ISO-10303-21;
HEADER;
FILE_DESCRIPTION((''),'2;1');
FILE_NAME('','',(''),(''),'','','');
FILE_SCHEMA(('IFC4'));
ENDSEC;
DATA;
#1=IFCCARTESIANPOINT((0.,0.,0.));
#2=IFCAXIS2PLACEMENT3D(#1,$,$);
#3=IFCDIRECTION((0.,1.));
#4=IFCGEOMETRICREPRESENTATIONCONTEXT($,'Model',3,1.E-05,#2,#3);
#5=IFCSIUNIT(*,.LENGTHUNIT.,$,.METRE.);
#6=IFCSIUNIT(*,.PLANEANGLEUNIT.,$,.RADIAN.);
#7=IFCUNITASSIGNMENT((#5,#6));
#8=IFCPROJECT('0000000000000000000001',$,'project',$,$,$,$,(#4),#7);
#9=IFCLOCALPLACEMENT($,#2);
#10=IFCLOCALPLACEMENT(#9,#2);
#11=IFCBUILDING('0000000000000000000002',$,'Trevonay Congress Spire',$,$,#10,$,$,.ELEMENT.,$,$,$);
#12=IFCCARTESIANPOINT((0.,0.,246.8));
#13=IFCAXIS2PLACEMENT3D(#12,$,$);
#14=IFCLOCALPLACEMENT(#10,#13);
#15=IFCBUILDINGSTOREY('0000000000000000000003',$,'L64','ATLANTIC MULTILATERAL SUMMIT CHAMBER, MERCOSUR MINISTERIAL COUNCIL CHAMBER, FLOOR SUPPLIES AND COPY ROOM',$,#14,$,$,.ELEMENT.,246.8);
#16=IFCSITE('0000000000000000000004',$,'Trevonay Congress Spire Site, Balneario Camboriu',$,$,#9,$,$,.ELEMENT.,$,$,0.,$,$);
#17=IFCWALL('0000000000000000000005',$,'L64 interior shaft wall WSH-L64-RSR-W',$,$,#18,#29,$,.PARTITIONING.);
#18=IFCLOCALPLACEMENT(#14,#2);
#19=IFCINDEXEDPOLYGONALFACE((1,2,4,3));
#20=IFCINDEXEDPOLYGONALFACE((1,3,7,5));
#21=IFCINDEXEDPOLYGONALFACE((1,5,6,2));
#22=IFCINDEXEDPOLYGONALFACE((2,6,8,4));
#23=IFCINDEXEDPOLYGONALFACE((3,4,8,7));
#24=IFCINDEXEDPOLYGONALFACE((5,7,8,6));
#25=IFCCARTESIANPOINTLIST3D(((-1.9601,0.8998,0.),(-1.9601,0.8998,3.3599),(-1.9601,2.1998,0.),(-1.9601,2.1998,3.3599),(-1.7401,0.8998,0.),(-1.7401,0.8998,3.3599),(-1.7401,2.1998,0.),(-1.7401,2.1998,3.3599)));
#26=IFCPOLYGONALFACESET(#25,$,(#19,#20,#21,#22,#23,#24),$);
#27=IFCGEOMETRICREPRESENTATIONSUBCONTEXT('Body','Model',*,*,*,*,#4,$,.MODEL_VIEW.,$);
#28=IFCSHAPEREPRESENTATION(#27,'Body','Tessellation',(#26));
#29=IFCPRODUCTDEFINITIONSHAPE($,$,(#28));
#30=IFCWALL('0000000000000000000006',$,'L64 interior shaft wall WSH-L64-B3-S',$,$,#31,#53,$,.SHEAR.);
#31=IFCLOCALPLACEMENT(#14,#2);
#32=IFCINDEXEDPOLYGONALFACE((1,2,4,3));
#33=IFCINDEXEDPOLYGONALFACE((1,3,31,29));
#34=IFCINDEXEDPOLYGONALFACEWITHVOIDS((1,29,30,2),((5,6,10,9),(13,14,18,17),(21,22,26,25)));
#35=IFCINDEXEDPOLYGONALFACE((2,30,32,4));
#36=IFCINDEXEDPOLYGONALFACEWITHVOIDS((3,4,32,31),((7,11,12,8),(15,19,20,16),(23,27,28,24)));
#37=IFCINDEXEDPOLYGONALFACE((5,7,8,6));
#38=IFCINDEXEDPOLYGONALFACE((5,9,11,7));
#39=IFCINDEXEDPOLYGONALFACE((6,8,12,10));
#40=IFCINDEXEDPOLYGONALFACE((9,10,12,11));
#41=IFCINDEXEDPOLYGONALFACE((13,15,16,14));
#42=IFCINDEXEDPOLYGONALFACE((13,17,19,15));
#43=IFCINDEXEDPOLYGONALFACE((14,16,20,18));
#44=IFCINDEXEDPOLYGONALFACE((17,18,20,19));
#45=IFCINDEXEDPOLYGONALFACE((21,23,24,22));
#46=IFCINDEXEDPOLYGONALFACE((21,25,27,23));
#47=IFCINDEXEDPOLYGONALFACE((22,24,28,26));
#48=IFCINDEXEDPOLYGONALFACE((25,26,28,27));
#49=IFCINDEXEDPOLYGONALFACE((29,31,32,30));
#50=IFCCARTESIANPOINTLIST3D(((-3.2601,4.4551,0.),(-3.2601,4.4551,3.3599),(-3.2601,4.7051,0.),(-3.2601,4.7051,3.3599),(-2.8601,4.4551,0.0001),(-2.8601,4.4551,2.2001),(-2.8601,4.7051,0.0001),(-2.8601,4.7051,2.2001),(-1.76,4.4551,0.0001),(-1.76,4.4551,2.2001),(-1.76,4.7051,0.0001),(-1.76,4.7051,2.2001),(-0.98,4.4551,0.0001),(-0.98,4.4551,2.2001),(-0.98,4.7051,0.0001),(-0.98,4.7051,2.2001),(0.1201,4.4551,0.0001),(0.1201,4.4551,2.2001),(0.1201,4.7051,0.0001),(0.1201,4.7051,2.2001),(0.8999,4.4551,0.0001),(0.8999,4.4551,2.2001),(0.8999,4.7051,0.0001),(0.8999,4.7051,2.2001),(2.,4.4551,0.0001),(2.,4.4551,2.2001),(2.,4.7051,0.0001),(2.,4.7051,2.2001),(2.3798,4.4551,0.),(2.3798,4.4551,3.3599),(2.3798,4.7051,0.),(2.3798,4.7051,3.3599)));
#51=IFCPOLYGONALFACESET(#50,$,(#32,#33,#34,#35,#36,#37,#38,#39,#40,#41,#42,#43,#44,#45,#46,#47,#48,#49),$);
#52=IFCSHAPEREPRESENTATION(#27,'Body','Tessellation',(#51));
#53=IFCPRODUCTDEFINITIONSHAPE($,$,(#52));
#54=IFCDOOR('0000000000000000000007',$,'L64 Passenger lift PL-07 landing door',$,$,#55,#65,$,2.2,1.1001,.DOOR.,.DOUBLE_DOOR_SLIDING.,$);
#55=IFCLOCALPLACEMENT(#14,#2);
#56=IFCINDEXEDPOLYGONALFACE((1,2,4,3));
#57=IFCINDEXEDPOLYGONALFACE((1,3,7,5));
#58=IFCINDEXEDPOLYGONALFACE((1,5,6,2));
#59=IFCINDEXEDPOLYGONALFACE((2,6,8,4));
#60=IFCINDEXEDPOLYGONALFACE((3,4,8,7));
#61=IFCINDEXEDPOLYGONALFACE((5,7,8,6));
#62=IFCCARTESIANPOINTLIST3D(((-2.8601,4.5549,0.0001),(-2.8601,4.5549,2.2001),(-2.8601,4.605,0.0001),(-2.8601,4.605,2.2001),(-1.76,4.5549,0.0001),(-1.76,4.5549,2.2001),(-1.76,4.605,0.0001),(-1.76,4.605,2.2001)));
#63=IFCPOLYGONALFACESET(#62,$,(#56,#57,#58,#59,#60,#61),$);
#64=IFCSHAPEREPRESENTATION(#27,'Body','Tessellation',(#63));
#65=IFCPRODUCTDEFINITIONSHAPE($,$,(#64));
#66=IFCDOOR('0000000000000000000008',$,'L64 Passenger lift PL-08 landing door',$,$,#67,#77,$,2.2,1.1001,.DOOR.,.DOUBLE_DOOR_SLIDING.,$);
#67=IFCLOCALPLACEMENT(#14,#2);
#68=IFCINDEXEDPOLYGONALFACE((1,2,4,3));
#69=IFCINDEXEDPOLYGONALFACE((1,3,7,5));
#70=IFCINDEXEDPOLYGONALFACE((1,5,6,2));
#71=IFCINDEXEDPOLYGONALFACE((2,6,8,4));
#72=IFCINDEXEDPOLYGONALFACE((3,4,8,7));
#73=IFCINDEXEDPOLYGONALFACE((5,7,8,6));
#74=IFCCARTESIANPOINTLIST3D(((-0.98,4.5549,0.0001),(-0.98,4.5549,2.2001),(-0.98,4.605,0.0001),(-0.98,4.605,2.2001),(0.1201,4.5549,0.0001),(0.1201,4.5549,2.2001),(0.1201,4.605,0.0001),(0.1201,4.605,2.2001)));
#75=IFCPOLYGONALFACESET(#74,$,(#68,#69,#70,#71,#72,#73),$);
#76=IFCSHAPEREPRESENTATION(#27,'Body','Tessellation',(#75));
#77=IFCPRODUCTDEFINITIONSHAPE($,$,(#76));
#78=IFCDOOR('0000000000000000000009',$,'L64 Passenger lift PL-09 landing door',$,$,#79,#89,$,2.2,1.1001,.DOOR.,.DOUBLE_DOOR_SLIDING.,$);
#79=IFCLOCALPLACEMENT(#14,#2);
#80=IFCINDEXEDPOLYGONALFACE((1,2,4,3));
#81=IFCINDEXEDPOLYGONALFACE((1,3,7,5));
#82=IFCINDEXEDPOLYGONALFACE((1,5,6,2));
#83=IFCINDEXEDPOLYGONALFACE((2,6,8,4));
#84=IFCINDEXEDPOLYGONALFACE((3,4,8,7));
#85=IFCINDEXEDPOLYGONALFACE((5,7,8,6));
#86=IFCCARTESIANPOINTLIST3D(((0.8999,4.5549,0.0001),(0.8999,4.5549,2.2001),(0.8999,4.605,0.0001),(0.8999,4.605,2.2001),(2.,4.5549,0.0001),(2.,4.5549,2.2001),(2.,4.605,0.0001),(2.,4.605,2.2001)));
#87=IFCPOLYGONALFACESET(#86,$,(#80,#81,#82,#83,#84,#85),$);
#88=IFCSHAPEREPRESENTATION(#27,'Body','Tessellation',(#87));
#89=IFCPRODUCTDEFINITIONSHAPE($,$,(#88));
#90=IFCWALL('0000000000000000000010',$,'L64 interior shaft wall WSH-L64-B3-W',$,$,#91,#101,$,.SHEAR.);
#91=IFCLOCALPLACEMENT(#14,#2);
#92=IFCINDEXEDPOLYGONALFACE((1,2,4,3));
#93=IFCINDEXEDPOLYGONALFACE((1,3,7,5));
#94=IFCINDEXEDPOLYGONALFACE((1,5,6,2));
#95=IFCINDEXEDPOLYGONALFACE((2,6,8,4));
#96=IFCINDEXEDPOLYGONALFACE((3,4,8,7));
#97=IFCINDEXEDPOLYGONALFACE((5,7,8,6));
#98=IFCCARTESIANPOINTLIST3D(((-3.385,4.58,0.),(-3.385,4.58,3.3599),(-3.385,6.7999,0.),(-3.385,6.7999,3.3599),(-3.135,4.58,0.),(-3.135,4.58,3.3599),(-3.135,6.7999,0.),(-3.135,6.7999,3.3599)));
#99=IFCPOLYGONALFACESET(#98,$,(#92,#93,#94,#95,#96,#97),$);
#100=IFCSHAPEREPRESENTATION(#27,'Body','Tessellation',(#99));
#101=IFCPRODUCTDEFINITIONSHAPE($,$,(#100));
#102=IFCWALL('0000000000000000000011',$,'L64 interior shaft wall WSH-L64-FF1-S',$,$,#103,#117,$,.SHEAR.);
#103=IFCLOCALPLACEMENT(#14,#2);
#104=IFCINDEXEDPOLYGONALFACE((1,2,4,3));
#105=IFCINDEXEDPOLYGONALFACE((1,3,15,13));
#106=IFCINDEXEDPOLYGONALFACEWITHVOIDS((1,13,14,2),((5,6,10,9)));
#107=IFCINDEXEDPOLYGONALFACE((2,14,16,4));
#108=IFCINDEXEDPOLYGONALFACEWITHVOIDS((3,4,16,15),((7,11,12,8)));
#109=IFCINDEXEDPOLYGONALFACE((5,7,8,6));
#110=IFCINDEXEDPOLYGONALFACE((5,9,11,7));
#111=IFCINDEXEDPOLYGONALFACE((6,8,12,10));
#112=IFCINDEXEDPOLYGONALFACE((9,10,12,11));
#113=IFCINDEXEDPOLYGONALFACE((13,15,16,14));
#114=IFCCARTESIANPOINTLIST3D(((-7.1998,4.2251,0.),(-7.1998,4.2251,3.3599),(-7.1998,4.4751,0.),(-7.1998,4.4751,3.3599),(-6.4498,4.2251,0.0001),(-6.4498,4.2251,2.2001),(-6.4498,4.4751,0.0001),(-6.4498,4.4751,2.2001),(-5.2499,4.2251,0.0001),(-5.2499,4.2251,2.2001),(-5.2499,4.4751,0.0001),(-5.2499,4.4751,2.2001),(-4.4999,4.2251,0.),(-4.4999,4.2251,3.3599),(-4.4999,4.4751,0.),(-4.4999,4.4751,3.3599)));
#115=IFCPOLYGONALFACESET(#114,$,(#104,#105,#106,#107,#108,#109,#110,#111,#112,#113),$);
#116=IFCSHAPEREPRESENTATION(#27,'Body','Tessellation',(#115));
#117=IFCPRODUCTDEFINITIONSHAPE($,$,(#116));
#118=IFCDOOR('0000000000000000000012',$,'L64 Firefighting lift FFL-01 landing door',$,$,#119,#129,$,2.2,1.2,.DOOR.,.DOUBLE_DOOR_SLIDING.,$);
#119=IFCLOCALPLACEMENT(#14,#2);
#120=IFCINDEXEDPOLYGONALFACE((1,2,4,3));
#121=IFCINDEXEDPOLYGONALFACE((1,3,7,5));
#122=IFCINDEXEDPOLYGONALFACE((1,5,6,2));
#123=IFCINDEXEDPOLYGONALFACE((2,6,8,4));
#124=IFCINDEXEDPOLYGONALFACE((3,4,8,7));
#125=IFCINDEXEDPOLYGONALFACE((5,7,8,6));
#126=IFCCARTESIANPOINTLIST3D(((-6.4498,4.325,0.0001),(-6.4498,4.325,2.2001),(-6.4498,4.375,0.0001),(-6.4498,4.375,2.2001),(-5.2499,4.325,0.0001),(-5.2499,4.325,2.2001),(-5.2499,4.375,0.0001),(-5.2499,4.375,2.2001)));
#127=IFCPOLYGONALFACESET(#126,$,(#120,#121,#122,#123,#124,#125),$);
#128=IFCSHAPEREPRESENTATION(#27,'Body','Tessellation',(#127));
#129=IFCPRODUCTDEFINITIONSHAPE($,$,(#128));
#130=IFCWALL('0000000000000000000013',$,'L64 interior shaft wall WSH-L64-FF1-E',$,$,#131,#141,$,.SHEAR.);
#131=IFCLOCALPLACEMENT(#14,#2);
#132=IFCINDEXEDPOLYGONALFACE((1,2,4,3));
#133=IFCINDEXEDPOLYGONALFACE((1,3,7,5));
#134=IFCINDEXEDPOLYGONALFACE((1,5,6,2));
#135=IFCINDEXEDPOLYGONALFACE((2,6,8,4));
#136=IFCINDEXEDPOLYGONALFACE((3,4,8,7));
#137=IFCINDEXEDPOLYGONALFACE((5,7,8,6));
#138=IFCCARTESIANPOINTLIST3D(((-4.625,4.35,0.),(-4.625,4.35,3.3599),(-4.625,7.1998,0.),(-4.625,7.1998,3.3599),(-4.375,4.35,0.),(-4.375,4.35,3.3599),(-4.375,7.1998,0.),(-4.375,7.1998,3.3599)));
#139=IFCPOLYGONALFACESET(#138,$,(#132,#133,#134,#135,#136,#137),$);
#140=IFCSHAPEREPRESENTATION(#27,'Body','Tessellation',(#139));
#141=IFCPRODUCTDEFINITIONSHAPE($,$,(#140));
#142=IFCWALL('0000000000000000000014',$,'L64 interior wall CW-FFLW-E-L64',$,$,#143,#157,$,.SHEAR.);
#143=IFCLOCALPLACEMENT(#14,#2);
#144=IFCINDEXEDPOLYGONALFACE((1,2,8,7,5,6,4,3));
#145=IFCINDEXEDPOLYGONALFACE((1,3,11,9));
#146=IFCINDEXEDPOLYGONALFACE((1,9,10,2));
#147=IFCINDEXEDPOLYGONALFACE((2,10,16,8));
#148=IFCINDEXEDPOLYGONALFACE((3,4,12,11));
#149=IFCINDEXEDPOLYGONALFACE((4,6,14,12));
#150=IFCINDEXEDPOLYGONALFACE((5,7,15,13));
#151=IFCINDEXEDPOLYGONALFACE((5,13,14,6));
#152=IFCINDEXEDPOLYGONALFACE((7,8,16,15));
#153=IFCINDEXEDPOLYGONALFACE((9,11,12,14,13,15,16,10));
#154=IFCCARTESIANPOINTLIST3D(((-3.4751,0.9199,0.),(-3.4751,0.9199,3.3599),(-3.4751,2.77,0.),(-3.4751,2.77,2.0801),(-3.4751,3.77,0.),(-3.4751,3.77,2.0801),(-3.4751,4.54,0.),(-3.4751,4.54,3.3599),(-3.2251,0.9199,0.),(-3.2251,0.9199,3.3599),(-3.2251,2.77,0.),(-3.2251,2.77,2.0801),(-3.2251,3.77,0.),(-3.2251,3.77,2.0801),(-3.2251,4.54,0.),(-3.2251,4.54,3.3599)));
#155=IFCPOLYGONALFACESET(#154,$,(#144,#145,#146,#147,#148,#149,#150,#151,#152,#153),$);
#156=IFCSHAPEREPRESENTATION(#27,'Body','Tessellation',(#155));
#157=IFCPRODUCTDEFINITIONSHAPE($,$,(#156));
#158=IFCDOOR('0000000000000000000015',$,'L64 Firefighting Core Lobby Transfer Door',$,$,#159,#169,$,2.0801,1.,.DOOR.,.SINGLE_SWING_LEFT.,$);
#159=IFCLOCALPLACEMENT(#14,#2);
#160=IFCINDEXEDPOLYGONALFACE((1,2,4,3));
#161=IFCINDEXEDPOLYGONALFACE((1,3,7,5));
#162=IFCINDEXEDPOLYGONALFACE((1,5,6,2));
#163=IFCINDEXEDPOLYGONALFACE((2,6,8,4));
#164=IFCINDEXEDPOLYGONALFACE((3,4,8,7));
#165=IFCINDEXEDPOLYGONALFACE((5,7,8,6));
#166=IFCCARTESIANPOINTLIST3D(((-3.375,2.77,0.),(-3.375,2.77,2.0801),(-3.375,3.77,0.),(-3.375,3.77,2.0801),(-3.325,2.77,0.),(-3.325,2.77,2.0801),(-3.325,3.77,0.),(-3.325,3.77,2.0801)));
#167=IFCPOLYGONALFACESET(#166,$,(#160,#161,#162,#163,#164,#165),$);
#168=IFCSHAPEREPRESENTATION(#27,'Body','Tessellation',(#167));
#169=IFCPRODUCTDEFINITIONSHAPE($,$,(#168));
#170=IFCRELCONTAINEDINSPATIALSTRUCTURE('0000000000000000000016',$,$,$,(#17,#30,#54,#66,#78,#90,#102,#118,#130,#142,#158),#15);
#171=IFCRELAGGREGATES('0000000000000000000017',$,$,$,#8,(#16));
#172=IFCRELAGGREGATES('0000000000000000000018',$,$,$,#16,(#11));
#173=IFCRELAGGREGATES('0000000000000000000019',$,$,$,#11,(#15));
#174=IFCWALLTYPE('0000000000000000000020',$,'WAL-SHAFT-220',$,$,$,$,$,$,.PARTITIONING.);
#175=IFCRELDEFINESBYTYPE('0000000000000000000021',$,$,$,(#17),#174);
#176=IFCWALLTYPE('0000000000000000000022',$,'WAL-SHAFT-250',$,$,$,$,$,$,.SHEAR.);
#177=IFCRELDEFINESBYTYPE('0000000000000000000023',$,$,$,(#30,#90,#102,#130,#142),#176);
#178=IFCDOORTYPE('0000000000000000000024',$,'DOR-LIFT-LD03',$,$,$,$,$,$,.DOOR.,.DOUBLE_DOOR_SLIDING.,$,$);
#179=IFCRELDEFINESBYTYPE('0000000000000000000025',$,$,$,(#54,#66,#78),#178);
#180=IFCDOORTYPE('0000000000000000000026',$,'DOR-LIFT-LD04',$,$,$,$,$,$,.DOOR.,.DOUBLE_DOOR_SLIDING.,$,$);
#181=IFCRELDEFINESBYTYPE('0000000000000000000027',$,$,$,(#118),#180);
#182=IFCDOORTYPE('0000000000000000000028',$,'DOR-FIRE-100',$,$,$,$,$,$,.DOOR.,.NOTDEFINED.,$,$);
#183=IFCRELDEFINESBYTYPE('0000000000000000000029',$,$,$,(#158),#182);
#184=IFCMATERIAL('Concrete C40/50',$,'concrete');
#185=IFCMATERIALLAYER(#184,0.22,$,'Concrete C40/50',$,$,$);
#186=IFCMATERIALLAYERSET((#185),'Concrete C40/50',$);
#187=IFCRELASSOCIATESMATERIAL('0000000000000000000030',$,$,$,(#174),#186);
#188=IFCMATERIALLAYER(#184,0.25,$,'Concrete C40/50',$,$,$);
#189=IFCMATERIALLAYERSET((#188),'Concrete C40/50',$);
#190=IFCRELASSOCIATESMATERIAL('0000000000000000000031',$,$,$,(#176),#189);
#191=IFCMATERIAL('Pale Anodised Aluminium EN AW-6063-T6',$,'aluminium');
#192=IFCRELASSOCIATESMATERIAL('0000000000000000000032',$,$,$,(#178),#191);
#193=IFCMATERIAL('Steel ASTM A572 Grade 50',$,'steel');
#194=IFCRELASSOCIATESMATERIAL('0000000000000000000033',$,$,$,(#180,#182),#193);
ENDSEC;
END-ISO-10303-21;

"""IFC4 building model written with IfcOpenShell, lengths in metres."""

from ifc_helpers import new_model, si_unit, direction, frame, frame_2d, origin, place, context, subcontext, project, spatial, rectangle, extrude, material, layer, layer_set, type_object, element, fill, save


model = new_model("IFC4")

# Units and contexts
model_context = context("Model", 3, precision=1e-05, world=origin(), true_north=direction((0.0, 1.0)))
body_context = subcontext(model_context, "Body", "Model", "MODEL_VIEW")
ifc_project = project(units=[si_unit("LENGTHUNIT", "METRE"), si_unit("PLANEANGLEUNIT", "RADIAN")], contexts=[model_context])

# Site, building, storey
site_placement = place(None, origin())
site = spatial("IfcSite", under=ifc_project, at=site_placement, Name="Trevonay Congress Spire Site, Balneario Camboriu", CompositionType="ELEMENT", RefElevation=0.0)
building_placement = place(site_placement, origin())
building = spatial("IfcBuilding", under=site, at=building_placement, Name="Trevonay Congress Spire", CompositionType="ELEMENT")
storey_placement = place(building_placement, frame((0.0, 0.0, 246.8)))
storey = spatial("IfcBuildingStorey", under=building, at=storey_placement, Name="L64", Description="ATLANTIC MULTILATERAL SUMMIT CHAMBER, MERCOSUR MINISTERIAL COUNCIL CHAMBER, FLOOR SUPPLIES AND COPY ROOM", CompositionType="ELEMENT", Elevation=246.8)

# Shared definitions
ifc_material_1 = material(Name="Steel ASTM A572 Grade 50", Category="steel")

# Shared definitions
ifc_material_2 = material(Name="Concrete C40/50", Category="concrete")

# Wall
ifc_layer_1 = layer(ifc_material_2, 0.22, Name="Concrete C40/50")
ifc_layer_set_1 = layer_set([ifc_layer_1], Name="Concrete C40/50")
wall_type_1 = type_object("IfcWallType", Name="WAL-SHAFT-220", PredefinedType="PARTITIONING", material=ifc_layer_set_1)
for number, where, z_axis, x_axis, name in (
    (1, (-1.8501, 0.8999, 0.0), (0.0, 0.0, 1.0), (0.0, 1.0, 0.0), "L64 interior shaft wall WSH-L64-RSR-W"),
):
    element("IfcWall", number, at=place(storey_placement, frame(where, z_axis=z_axis, x_axis=x_axis)), inside=storey, type_object=wall_type_1, Name=name, PredefinedType="PARTITIONING", context=body_context, shape_type="SweptSolid", body=[
        extrude(rectangle(XDim=1.3, YDim=0.22, at=frame_2d((0.6499, 0.0))), origin(), (0.0, 0.0, 1.0), 3.3599),
    ])

# Wall, openings, doors
ifc_layer_2 = layer(ifc_material_2, 0.25, Name="Concrete C40/50")
ifc_layer_set_2 = layer_set([ifc_layer_2], Name="Concrete C40/50")
wall_type_2 = type_object("IfcWallType", Name="WAL-SHAFT-250", PredefinedType="SHEAR", material=ifc_layer_set_2)
wall_1_placement = place(storey_placement, frame((-3.26, 4.5801, 0.0), z_axis=(0.0, 0.0, 1.0), x_axis=(1.0, 0.0, 0.0)))
wall_1 = element("IfcWall", 2, at=wall_1_placement, inside=storey, type_object=wall_type_2, Name="L64 interior shaft wall WSH-L64-B3-S", PredefinedType="SHEAR", context=body_context, shape_type="SweptSolid", body=[
    extrude(rectangle(XDim=5.6399, YDim=0.25, at=frame_2d((2.8198, 0.0))), origin(), (0.0, 0.0, 1.0), 3.3599),
])
opening_1_placement = place(wall_1_placement, frame((0.3999, 0.0, 0.0)))
opening_1 = element("IfcOpeningElement", 3, at=opening_1_placement, cuts=wall_1, PredefinedType="OPENING", context=body_context, shape_type="SweptSolid", body=[
    extrude(rectangle(XDim=1.1001, YDim=2.2, at=frame_2d((0.55, 1.1001))), frame((0.0, 0.135, 0.0), z_axis=(0.0, -1.0, 0.0), x_axis=(1.0, 0.0, 0.0)), (0.0, 0.0, 1.0), 0.27),
])
opening_2_placement = place(wall_1_placement, frame((2.28, 0.0, 0.0)))
opening_2 = element("IfcOpeningElement", 4, at=opening_2_placement, cuts=wall_1, PredefinedType="OPENING", context=body_context, shape_type="SweptSolid", body=[
    extrude(rectangle(XDim=1.1001, YDim=2.2, at=frame_2d((0.55, 1.1001))), frame((0.0, 0.135, 0.0), z_axis=(0.0, -1.0, 0.0), x_axis=(1.0, 0.0, 0.0)), (0.0, 0.0, 1.0), 0.27),
])
opening_3_placement = place(wall_1_placement, frame((4.1599, 0.0, 0.0)))
opening_3 = element("IfcOpeningElement", 5, at=opening_3_placement, cuts=wall_1, PredefinedType="OPENING", context=body_context, shape_type="SweptSolid", body=[
    extrude(rectangle(XDim=1.1001, YDim=2.2, at=frame_2d((0.55, 1.1001))), frame((0.0, 0.135, 0.0), z_axis=(0.0, -1.0, 0.0), x_axis=(1.0, 0.0, 0.0)), (0.0, 0.0, 1.0), 0.27),
])
ifc_material_3 = material(Name="Pale Anodised Aluminium EN AW-6063-T6", Category="aluminium")
door_type_1 = type_object("IfcDoorType", Name="DOR-LIFT-LD03", OperationType="DOUBLE_DOOR_SLIDING", PredefinedType="DOOR", material=ifc_material_3)
door_1_placement = place(opening_1_placement, origin())
door_1 = element("IfcDoor", 6, at=door_1_placement, inside=storey, type_object=door_type_1, Name="L64 Passenger lift PL-07 landing door", OperationType="DOUBLE_DOOR_SLIDING", OverallHeight=2.2, OverallWidth=1.1001, PredefinedType="DOOR", context=body_context, shape_type="SweptSolid", body=[
    extrude(rectangle(XDim=1.1001, YDim=2.2, at=frame_2d((0.55, 1.1001))), frame((0.0, 0.0249, 0.0), z_axis=(0.0, -1.0, 0.0), x_axis=(1.0, 0.0, 0.0)), (0.0, 0.0, 1.0), 0.05),
])
fill(opening_1, door_1)
door_2_placement = place(opening_2_placement, origin())
door_2 = element("IfcDoor", 7, at=door_2_placement, inside=storey, type_object=door_type_1, Name="L64 Passenger lift PL-08 landing door", OperationType="DOUBLE_DOOR_SLIDING", OverallHeight=2.2, OverallWidth=1.1001, PredefinedType="DOOR", context=body_context, shape_type="SweptSolid", body=[
    extrude(rectangle(XDim=1.1001, YDim=2.2, at=frame_2d((0.55, 1.1001))), frame((0.0, 0.0249, 0.0), z_axis=(0.0, -1.0, 0.0), x_axis=(1.0, 0.0, 0.0)), (0.0, 0.0, 1.0), 0.05),
])
fill(opening_2, door_2)
door_3_placement = place(opening_3_placement, origin())
door_3 = element("IfcDoor", 8, at=door_3_placement, inside=storey, type_object=door_type_1, Name="L64 Passenger lift PL-09 landing door", OperationType="DOUBLE_DOOR_SLIDING", OverallHeight=2.2, OverallWidth=1.1001, PredefinedType="DOOR", context=body_context, shape_type="SweptSolid", body=[
    extrude(rectangle(XDim=1.1001, YDim=2.2, at=frame_2d((0.55, 1.1001))), frame((0.0, 0.0249, 0.0), z_axis=(0.0, -1.0, 0.0), x_axis=(1.0, 0.0, 0.0)), (0.0, 0.0, 1.0), 0.05),
])
fill(opening_3, door_3)

# Wall
wall_2_placement = place(storey_placement, frame((-3.26, 4.5801, 0.0), z_axis=(0.0, 0.0, 1.0), x_axis=(0.0, 1.0, 0.0)))
element("IfcWall", 9, at=wall_2_placement, inside=storey, type_object=wall_type_2, Name="L64 interior shaft wall WSH-L64-B3-W", PredefinedType="SHEAR", context=body_context, shape_type="SweptSolid", body=[
    extrude(rectangle(XDim=2.22, YDim=0.25, at=frame_2d((1.1099, 0.0))), origin(), (0.0, 0.0, 1.0), 3.3599),
])

# Wall, opening, door
wall_3_placement = place(storey_placement, frame((-7.2, 4.3501, 0.0), z_axis=(0.0, 0.0, 1.0), x_axis=(1.0, 0.0, 0.0)))
wall_3 = element("IfcWall", 10, at=wall_3_placement, inside=storey, type_object=wall_type_2, Name="L64 interior shaft wall WSH-L64-FF1-S", PredefinedType="SHEAR", context=body_context, shape_type="SweptSolid", body=[
    extrude(rectangle(XDim=2.7, YDim=0.25, at=frame_2d((1.3501, 0.0))), origin(), (0.0, 0.0, 1.0), 3.3599),
])
opening_4_placement = place(wall_3_placement, frame((0.75, 0.0, 0.0)))
opening_4 = element("IfcOpeningElement", 11, at=opening_4_placement, cuts=wall_3, PredefinedType="OPENING", context=body_context, shape_type="SweptSolid", body=[
    extrude(rectangle(XDim=1.2, YDim=2.2, at=frame_2d((0.6001, 1.1001))), frame((0.0, 0.135, 0.0), z_axis=(0.0, -1.0, 0.0), x_axis=(1.0, 0.0, 0.0)), (0.0, 0.0, 1.0), 0.27),
])
door_type_2 = type_object("IfcDoorType", Name="DOR-LIFT-LD04", OperationType="DOUBLE_DOOR_SLIDING", PredefinedType="DOOR", material=ifc_material_1)
door_4_placement = place(opening_4_placement, origin())
door_4 = element("IfcDoor", 12, at=door_4_placement, inside=storey, type_object=door_type_2, Name="L64 Firefighting lift FFL-01 landing door", OperationType="DOUBLE_DOOR_SLIDING", OverallHeight=2.2, OverallWidth=1.2, PredefinedType="DOOR", context=body_context, shape_type="SweptSolid", body=[
    extrude(rectangle(XDim=1.2, YDim=2.2, at=frame_2d((0.6001, 1.1001))), frame((0.0, 0.0249, 0.0), z_axis=(0.0, -1.0, 0.0), x_axis=(1.0, 0.0, 0.0)), (0.0, 0.0, 1.0), 0.05),
])
fill(opening_4, door_4)

# Wall
wall_4_placement = place(storey_placement, frame((-4.5, 4.3501, 0.0), z_axis=(0.0, 0.0, 1.0), x_axis=(0.0, 1.0, 0.0)))
element("IfcWall", 13, at=wall_4_placement, inside=storey, type_object=wall_type_2, Name="L64 interior shaft wall WSH-L64-FF1-E", PredefinedType="SHEAR", context=body_context, shape_type="SweptSolid", body=[
    extrude(rectangle(XDim=2.8499, YDim=0.25, at=frame_2d((1.4248, 0.0))), origin(), (0.0, 0.0, 1.0), 3.3599),
])

# Wall, opening, door
wall_5_placement = place(storey_placement, frame((-3.3501, 0.9199, 0.0), z_axis=(0.0, 0.0, 1.0), x_axis=(0.0, 1.0, 0.0)))
wall_5 = element("IfcWall", 14, at=wall_5_placement, inside=storey, type_object=wall_type_2, Name="L64 interior wall CW-FFLW-E-L64", PredefinedType="SHEAR", context=body_context, shape_type="SweptSolid", body=[
    extrude(rectangle(XDim=3.6201, YDim=0.25, at=frame_2d((1.8101, 0.0))), origin(), (0.0, 0.0, 1.0), 3.3599),
])
opening_5_placement = place(wall_5_placement, frame((1.8501, 0.0, 0.0)))
opening_5 = element("IfcOpeningElement", 15, at=opening_5_placement, cuts=wall_5, PredefinedType="OPENING", context=body_context, shape_type="SweptSolid", body=[
    extrude(rectangle(XDim=1.0, YDim=2.0801, at=frame_2d((0.5, 1.04))), frame((0.0, 0.135, 0.0), z_axis=(0.0, -1.0, 0.0), x_axis=(1.0, 0.0, 0.0)), (0.0, 0.0, 1.0), 0.27),
])
door_type_3 = type_object("IfcDoorType", Name="DOR-FIRE-100", OperationType="NOTDEFINED", PredefinedType="DOOR", material=ifc_material_1)
door_5_placement = place(opening_5_placement, origin())
door_5 = element("IfcDoor", 16, at=door_5_placement, inside=storey, type_object=door_type_3, Name="L64 Firefighting Core Lobby Transfer Door", OperationType="SINGLE_SWING_LEFT", OverallHeight=2.0801, OverallWidth=1.0, PredefinedType="DOOR", context=body_context, shape_type="SweptSolid", body=[
    extrude(rectangle(XDim=1.0, YDim=2.0801, at=frame_2d((0.5, 1.04))), frame((0.0, 0.0249, 0.0), z_axis=(0.0, -1.0, 0.0), x_axis=(1.0, 0.0, 0.0)), (0.0, 0.0, 1.0), 0.05),
])
fill(opening_5, door_5)

save(model, "model.ifc")
